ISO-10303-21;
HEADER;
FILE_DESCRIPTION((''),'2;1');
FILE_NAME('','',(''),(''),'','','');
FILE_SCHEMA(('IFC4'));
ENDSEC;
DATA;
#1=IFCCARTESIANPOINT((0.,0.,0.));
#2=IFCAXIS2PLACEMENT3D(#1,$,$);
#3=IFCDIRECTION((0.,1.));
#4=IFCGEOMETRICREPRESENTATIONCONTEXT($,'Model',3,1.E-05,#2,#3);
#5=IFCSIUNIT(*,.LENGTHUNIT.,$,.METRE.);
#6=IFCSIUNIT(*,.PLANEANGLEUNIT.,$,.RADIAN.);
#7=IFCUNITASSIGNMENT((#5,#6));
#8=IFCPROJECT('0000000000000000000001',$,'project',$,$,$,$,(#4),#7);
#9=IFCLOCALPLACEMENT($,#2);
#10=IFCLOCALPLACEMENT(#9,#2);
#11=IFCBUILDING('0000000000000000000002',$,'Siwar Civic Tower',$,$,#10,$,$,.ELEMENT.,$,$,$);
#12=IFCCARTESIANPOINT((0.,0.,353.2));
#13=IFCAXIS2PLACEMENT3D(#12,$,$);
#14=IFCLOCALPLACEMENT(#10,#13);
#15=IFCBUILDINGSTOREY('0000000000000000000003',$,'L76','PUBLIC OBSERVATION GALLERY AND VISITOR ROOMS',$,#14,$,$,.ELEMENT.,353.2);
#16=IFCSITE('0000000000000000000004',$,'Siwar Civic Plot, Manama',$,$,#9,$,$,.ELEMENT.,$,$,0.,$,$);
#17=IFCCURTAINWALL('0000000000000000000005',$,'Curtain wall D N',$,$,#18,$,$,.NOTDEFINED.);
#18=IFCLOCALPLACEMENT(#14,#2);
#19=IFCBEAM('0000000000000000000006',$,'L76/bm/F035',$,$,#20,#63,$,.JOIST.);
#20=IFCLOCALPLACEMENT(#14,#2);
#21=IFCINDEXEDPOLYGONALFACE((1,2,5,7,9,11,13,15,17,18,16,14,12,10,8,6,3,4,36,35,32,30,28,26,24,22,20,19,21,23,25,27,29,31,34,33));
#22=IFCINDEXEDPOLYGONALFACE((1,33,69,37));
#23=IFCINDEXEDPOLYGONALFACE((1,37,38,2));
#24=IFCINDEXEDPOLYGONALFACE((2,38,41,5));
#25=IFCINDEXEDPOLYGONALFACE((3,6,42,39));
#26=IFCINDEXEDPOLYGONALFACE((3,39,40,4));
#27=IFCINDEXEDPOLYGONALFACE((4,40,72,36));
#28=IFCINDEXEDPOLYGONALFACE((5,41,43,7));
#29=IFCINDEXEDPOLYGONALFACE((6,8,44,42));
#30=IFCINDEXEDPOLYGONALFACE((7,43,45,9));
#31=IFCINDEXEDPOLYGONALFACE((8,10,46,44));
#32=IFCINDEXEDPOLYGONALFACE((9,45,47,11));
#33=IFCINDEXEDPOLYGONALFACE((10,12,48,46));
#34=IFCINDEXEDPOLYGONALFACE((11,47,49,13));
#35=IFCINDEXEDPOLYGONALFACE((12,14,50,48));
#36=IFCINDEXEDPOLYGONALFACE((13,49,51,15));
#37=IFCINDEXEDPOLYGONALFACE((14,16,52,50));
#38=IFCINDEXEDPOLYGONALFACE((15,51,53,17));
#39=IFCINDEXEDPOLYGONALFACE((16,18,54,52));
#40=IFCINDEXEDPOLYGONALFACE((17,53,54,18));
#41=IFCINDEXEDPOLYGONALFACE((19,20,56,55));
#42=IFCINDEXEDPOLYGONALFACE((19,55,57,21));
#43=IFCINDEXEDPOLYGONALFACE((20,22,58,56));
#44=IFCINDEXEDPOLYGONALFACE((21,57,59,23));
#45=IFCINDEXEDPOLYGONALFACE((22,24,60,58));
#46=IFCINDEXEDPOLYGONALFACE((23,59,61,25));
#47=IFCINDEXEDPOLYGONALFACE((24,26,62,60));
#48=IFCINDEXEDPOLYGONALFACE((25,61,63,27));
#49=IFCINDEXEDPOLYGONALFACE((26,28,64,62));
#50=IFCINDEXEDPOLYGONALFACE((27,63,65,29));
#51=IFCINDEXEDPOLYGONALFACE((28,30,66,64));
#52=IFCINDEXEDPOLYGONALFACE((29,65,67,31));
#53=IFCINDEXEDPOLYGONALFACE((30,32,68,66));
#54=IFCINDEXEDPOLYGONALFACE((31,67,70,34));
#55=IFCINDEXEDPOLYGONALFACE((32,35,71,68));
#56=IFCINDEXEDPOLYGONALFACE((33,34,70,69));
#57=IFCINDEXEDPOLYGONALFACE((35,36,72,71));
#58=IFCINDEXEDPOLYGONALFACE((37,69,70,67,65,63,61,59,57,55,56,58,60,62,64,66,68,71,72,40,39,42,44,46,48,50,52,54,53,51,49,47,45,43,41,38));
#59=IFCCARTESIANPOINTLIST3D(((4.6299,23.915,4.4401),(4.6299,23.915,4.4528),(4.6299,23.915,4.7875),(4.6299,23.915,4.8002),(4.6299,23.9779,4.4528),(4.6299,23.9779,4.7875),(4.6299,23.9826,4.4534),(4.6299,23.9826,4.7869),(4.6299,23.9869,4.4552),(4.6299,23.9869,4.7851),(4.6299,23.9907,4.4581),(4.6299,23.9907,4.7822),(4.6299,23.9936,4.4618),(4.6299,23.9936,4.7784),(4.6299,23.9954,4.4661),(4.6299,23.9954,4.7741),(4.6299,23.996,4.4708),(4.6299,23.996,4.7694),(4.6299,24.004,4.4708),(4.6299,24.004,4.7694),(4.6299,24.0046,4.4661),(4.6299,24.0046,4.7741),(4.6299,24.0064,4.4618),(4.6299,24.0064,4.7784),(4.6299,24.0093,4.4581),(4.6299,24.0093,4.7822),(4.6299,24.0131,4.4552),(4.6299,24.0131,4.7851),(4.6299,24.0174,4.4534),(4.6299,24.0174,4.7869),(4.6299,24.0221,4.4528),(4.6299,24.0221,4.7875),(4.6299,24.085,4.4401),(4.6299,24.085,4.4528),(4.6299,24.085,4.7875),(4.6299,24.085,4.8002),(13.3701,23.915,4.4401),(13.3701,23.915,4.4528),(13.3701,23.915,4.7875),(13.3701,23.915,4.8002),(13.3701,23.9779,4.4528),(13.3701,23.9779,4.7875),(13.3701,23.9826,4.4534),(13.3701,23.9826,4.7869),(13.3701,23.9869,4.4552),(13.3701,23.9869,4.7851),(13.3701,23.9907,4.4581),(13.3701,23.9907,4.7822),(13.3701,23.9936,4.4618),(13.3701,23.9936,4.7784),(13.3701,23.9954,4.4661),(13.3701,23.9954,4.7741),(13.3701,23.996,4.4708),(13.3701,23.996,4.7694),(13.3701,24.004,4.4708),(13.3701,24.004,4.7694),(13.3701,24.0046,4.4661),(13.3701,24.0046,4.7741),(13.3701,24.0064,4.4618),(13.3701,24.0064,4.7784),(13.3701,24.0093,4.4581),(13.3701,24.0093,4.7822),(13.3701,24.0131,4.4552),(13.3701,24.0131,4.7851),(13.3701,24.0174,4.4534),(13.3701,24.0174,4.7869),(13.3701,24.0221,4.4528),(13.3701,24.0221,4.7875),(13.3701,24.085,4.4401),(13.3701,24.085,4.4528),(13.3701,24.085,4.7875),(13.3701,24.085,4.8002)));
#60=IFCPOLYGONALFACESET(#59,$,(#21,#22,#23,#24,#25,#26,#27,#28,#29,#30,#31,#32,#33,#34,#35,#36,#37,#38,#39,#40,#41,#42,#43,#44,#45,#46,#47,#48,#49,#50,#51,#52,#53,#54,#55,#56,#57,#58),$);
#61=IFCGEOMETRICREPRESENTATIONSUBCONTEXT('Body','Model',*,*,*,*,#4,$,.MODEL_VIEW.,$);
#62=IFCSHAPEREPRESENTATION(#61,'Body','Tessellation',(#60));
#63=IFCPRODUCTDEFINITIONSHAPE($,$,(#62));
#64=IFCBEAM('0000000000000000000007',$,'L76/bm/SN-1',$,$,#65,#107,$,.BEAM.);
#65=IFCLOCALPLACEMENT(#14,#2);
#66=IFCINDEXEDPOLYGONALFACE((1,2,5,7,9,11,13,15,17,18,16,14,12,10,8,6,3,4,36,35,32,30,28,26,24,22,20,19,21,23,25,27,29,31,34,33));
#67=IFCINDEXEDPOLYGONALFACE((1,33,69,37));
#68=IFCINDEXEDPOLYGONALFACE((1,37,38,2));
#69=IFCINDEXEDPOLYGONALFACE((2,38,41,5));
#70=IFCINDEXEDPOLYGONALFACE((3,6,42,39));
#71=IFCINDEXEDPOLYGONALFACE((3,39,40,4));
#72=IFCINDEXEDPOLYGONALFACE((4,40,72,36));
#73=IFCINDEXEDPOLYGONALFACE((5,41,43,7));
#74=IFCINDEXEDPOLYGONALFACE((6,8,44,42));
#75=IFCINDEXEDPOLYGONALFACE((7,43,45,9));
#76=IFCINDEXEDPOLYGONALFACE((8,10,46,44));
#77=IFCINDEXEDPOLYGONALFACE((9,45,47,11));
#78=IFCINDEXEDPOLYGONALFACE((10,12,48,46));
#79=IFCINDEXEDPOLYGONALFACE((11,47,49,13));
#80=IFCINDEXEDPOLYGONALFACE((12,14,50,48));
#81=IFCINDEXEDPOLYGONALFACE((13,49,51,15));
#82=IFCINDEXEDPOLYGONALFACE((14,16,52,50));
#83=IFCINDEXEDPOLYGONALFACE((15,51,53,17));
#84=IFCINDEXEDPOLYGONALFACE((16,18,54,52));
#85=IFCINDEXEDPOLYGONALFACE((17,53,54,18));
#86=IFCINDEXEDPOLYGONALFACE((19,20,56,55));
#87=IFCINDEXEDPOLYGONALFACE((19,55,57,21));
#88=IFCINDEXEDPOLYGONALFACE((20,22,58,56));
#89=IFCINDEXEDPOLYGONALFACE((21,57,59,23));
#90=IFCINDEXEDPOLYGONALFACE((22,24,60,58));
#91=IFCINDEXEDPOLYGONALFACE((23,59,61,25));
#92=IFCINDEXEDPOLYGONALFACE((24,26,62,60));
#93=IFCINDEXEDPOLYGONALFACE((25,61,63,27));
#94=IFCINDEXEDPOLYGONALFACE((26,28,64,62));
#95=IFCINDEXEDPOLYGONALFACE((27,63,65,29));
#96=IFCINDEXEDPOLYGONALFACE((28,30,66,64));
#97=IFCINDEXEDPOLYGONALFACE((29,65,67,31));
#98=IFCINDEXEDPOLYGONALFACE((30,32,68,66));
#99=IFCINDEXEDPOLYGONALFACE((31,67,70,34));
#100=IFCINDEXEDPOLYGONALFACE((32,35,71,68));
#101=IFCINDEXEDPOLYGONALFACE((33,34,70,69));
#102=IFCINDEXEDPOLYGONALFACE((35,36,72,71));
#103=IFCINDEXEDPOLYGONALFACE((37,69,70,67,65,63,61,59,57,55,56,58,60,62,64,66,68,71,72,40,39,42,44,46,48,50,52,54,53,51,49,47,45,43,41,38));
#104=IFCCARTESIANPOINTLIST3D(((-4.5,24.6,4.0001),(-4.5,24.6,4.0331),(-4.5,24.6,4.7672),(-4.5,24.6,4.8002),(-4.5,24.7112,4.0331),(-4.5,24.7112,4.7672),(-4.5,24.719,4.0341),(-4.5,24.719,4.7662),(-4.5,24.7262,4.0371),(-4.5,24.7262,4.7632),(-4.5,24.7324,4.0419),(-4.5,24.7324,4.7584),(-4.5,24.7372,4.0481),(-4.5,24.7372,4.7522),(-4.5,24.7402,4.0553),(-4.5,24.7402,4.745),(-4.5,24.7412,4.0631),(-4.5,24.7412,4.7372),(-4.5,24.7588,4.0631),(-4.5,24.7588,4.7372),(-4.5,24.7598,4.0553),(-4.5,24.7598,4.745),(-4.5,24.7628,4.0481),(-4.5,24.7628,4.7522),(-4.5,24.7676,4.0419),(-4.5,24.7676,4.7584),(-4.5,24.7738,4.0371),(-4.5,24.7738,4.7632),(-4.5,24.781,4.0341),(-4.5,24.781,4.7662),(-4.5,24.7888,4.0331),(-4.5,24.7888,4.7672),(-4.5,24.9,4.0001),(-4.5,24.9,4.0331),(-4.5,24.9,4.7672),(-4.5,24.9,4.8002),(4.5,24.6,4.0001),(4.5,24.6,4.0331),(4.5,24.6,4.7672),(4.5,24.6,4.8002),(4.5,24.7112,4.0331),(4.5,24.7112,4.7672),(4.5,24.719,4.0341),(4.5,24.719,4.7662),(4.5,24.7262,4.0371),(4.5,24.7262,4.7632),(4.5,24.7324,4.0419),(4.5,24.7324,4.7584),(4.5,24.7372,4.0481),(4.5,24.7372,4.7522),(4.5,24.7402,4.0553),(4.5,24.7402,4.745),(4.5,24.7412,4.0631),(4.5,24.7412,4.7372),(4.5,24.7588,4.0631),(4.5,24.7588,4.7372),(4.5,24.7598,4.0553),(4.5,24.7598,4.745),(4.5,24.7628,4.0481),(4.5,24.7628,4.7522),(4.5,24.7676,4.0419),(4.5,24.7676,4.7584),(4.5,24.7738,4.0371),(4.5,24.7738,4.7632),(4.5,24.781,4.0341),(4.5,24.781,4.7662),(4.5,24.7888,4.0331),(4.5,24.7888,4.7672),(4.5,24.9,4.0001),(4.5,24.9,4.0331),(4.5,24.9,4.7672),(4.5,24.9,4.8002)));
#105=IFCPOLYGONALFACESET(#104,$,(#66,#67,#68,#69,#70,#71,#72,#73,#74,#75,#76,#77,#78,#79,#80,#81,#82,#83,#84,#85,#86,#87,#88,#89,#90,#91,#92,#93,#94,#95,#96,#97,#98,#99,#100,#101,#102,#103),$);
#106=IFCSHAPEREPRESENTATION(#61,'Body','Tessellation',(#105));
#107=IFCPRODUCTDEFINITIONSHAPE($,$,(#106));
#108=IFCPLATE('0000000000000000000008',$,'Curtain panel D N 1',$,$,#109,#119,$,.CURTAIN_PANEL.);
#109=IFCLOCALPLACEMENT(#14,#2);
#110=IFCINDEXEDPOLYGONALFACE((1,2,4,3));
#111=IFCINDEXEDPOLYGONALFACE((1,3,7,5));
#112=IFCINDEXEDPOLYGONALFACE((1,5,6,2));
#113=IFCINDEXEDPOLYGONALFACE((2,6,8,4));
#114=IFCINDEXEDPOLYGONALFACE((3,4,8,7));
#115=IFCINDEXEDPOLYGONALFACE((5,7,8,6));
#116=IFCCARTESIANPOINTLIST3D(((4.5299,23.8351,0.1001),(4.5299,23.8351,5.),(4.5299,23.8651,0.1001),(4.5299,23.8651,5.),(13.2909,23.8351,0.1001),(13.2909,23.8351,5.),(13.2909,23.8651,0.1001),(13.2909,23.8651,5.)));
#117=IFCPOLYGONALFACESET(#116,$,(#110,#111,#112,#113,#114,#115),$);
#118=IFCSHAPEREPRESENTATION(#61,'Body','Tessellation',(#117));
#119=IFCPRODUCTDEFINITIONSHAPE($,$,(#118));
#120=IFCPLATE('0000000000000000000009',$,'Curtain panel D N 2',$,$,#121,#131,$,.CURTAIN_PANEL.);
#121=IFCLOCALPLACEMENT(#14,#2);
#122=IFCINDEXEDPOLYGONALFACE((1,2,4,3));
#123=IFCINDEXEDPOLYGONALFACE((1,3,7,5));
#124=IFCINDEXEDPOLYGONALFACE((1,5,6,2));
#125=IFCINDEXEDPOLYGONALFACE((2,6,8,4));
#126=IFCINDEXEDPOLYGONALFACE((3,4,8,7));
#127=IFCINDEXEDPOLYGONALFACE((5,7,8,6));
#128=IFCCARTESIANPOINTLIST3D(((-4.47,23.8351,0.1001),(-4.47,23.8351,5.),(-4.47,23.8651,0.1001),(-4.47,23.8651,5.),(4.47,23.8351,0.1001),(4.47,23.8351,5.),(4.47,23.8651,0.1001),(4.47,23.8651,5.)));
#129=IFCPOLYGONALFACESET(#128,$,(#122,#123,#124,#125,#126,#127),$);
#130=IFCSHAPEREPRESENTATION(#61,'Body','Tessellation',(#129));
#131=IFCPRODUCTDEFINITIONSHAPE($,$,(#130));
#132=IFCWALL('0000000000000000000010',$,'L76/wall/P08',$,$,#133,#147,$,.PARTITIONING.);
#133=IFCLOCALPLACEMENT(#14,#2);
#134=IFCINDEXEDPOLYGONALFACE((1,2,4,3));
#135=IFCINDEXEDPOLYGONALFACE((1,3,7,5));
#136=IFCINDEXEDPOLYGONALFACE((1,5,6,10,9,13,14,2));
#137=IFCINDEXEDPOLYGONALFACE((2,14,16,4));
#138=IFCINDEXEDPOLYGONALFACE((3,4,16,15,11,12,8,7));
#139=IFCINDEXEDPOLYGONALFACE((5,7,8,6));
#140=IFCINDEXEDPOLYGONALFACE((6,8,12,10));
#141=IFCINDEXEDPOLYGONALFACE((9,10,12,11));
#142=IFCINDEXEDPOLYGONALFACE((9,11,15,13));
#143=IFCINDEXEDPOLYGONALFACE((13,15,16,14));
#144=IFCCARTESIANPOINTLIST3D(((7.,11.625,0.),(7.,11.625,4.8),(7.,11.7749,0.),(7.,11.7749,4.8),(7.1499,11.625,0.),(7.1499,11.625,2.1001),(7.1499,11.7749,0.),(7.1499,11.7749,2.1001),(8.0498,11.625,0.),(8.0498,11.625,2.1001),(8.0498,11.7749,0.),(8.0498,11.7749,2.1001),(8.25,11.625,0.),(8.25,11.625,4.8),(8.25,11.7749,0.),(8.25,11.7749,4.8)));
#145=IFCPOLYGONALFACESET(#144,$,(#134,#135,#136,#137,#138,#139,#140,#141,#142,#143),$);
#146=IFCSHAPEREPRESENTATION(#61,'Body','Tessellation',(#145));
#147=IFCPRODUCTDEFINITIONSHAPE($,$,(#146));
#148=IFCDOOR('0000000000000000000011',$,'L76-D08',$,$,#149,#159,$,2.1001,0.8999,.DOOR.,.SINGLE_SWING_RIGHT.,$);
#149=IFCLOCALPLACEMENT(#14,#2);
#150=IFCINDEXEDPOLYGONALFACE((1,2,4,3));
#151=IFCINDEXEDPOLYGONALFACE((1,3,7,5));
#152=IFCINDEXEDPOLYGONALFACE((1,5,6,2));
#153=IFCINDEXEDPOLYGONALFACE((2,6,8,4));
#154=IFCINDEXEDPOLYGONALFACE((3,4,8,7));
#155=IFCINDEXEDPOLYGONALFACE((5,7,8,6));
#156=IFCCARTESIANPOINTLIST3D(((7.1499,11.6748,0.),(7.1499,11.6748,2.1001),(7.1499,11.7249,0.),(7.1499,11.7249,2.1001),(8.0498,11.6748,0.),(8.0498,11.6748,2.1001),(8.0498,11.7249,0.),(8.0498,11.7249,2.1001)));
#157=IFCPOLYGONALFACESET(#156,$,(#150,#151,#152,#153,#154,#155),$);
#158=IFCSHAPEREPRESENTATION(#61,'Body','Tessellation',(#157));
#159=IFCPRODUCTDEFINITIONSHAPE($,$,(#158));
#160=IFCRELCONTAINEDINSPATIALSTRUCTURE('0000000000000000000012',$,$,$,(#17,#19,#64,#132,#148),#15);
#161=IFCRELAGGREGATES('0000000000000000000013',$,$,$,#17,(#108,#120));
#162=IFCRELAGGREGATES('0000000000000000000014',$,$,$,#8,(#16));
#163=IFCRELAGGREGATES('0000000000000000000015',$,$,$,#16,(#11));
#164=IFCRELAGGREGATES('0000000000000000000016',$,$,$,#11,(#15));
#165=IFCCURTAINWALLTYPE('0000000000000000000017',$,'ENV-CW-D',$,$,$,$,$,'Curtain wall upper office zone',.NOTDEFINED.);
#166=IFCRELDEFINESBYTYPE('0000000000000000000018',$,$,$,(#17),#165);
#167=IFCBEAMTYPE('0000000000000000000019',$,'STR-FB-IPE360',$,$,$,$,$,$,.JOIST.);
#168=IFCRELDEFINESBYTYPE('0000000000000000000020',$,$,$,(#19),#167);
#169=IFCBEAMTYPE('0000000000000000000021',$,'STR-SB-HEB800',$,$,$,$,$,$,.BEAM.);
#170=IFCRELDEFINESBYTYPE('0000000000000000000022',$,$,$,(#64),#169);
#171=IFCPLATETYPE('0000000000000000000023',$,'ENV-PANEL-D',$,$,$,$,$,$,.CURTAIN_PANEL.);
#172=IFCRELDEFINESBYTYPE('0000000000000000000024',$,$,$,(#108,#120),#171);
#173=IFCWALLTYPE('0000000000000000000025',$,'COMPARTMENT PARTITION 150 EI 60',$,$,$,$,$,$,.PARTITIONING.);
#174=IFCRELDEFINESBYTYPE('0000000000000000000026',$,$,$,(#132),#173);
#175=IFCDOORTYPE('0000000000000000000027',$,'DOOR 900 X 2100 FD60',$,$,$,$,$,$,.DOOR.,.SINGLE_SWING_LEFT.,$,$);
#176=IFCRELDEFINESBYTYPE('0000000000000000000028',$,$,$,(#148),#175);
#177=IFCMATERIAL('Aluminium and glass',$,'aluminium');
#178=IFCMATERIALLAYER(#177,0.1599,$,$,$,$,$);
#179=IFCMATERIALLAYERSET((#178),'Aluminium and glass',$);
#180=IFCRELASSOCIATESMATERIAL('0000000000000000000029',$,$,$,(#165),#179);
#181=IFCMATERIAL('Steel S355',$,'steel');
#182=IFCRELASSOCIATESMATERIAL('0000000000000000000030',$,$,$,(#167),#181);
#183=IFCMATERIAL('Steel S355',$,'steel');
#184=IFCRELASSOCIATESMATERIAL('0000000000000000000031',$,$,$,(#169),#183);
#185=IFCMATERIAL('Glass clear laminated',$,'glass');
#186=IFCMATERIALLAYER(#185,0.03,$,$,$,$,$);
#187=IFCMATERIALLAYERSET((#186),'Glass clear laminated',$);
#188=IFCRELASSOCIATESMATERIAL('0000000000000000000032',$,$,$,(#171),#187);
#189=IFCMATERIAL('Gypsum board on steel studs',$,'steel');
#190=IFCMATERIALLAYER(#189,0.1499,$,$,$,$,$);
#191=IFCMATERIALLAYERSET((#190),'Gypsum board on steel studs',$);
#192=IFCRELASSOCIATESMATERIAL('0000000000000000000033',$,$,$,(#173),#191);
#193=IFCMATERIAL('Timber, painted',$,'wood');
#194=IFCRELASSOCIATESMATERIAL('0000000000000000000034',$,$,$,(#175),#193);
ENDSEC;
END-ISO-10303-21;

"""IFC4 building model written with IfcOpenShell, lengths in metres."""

from ifc_helpers import new_model, si_unit, direction, frame, frame_2d, origin, origin_2d, place, context, subcontext, project, spatial, rectangle, i_section, extrude, material, layer, layer_set, material_profile, profile_set, type_object, element, fill, aggregate, save


model = new_model("IFC4")

# Units and contexts
model_context = context("Model", 3, precision=1e-05, world=origin(), true_north=direction((0.0, 1.0)))
body_context = subcontext(model_context, "Body", "Model", "MODEL_VIEW")
ifc_project = project(units=[si_unit("LENGTHUNIT", "METRE"), si_unit("PLANEANGLEUNIT", "RADIAN")], contexts=[model_context])

# Site, building, storey
site_placement = place(None, origin())
site = spatial("IfcSite", under=ifc_project, at=site_placement, Name="Siwar Civic Plot, Manama", CompositionType="ELEMENT", RefElevation=0.0)
building_placement = place(site_placement, origin())
building = spatial("IfcBuilding", under=site, at=building_placement, Name="Siwar Civic Tower", CompositionType="ELEMENT")
storey_placement = place(building_placement, frame((0.0, 0.0, 353.2)))
storey = spatial("IfcBuildingStorey", under=building, at=storey_placement, Name="L76", Description="PUBLIC OBSERVATION GALLERY AND VISITOR ROOMS", CompositionType="ELEMENT", Elevation=353.2)

# Curtain wall
ifc_material_1 = material(Name="Aluminium and glass", Category="aluminium")
ifc_layer_1 = layer(ifc_material_1, 0.1599)
ifc_layer_set_1 = layer_set([ifc_layer_1], Name="Aluminium and glass")
curtain_wall_type_1 = type_object("IfcCurtainWallType", Name="ENV-CW-D", ElementType="Curtain wall upper office zone", PredefinedType="NOTDEFINED", material=ifc_layer_set_1)
curtain_wall_1_placement = place(storey_placement, origin())
curtain_wall_1 = element("IfcCurtainWall", 1, at=curtain_wall_1_placement, inside=storey, type_object=curtain_wall_type_1, Name="Curtain wall D N", PredefinedType="NOTDEFINED")

# Beams
ifc_material_2 = material(Name="Steel S355", Category="steel")
ifc_material_profile_1 = material_profile(ifc_material_2, i_section(OverallWidth=0.1699, OverallDepth=0.3601, WebThickness=0.0081, FlangeThickness=0.0127, FilletRadius=0.0181, at=origin_2d()), Name="IPE360")
ifc_profile_set_1 = profile_set([ifc_material_profile_1], Name="Steel S355")
beam_type_1 = type_object("IfcBeamType", Name="STR-FB-IPE360", PredefinedType="JOIST", material=ifc_profile_set_1)
for number, where, z_axis, x_axis, name in (
    (2, (4.6299, 24.0, 4.6201), (1.0, 0.0, 0.0), (0.0, 1.0, 0.0), "L76/bm/F035"),
):
    element("IfcBeam", number, at=place(storey_placement, frame(where, z_axis=z_axis, x_axis=x_axis)), inside=storey, type_object=beam_type_1, Name=name, PredefinedType="JOIST", context=body_context, shape_type="SweptSolid", body=[
        extrude(i_section(OverallWidth=0.1699, OverallDepth=0.3601, WebThickness=0.0081, FlangeThickness=0.0127, FilletRadius=0.0181, at=origin_2d()), origin(), (0.0, 0.0, 1.0), 8.7402),
    ])
ifc_material_3 = material(Name="Steel S355", Category="steel")
ifc_material_profile_2 = material_profile(ifc_material_3, i_section(OverallWidth=0.3, OverallDepth=0.8, WebThickness=0.0176, FlangeThickness=0.033, FilletRadius=0.03, at=origin_2d()), Name="HEB800")
ifc_profile_set_2 = profile_set([ifc_material_profile_2], Name="Steel S355")
beam_type_2 = type_object("IfcBeamType", Name="STR-SB-HEB800", PredefinedType="BEAM", material=ifc_profile_set_2)
beam_1_placement = place(storey_placement, frame((4.5, 24.75, 4.4001), z_axis=(-1.0, 0.0, 0.0), x_axis=(0.0, -1.0, 0.0)))
element("IfcBeam", 3, at=beam_1_placement, inside=storey, type_object=beam_type_2, Name="L76/bm/SN-1", PredefinedType="BEAM", context=body_context, shape_type="SweptSolid", body=[
    extrude(i_section(OverallWidth=0.3, OverallDepth=0.8, WebThickness=0.0176, FlangeThickness=0.033, FilletRadius=0.03, at=origin_2d()), origin(), (0.0, 0.0, 1.0), 9.0),
])

# Plates
ifc_material_4 = material(Name="Glass clear laminated", Category="glass")
ifc_layer_2 = layer(ifc_material_4, 0.03)
ifc_layer_set_2 = layer_set([ifc_layer_2], Name="Glass clear laminated")
plate_type = type_object("IfcPlateType", Name="ENV-PANEL-D", PredefinedType="CURTAIN_PANEL", material=ifc_layer_set_2)
plate_1_placement = place(storey_placement, frame((8.9104, 23.8501, 0.1001), z_axis=(0.0, 0.0, 1.0), x_axis=(-1.0, 0.0, 0.0)))
plate_1 = element("IfcPlate", 4, at=plate_1_placement, type_object=plate_type, Name="Curtain panel D N 1", PredefinedType="CURTAIN_PANEL", context=body_context, shape_type="SweptSolid", body=[
    extrude(rectangle(XDim=8.761, YDim=0.03, at=origin_2d()), origin(), (0.0, 0.0, 1.0), 4.8999),
])
plate_2_placement = place(storey_placement, frame((0.0, 23.8501, 0.1001), z_axis=(0.0, 0.0, 1.0), x_axis=(-1.0, 0.0, 0.0)))
plate_2 = element("IfcPlate", 5, at=plate_2_placement, type_object=plate_type, Name="Curtain panel D N 2", PredefinedType="CURTAIN_PANEL", context=body_context, shape_type="SweptSolid", body=[
    extrude(rectangle(XDim=8.9399, YDim=0.03, at=origin_2d()), origin(), (0.0, 0.0, 1.0), 4.8999),
])
aggregate(curtain_wall_1, [plate_1, plate_2])

# Wall, opening, door
ifc_material_5 = material(Name="Gypsum board on steel studs", Category="steel")
ifc_layer_3 = layer(ifc_material_5, 0.1499)
ifc_layer_set_3 = layer_set([ifc_layer_3], Name="Gypsum board on steel studs")
wall_type_1 = type_object("IfcWallType", Name="COMPARTMENT PARTITION 150 EI 60", PredefinedType="PARTITIONING", material=ifc_layer_set_3)
wall_1_placement = place(storey_placement, frame((7.0, 11.7, 0.0), z_axis=(0.0, 0.0, 1.0), x_axis=(1.0, 0.0, 0.0)))
wall_1 = element("IfcWall", 6, at=wall_1_placement, inside=storey, type_object=wall_type_1, Name="L76/wall/P08", PredefinedType="PARTITIONING", context=body_context, shape_type="SweptSolid", body=[
    extrude(rectangle(XDim=1.25, YDim=0.1499, at=frame_2d((0.625, 0.0))), origin(), (0.0, 0.0, 1.0), 4.8),
])
opening_1_placement = place(wall_1_placement, frame((0.1499, 0.0, 0.0)))
opening_1 = element("IfcOpeningElement", 7, at=opening_1_placement, cuts=wall_1, PredefinedType="OPENING", context=body_context, shape_type="SweptSolid", body=[
    extrude(rectangle(XDim=0.8999, YDim=2.1001, at=frame_2d((0.45, 1.05))), frame((0.0, 0.085, 0.0), z_axis=(0.0, -1.0, 0.0), x_axis=(1.0, 0.0, 0.0)), (0.0, 0.0, 1.0), 0.1699),
])
ifc_material_6 = material(Name="Timber, painted", Category="wood")
door_type_1 = type_object("IfcDoorType", Name="DOOR 900 X 2100 FD60", OperationType="SINGLE_SWING_LEFT", PredefinedType="DOOR", material=ifc_material_6)
door_1_placement = place(opening_1_placement, origin())
door_1 = element("IfcDoor", 8, at=door_1_placement, inside=storey, type_object=door_type_1, Name="L76-D08", OperationType="SINGLE_SWING_RIGHT", OverallHeight=2.1001, OverallWidth=0.8999, PredefinedType="DOOR", context=body_context, shape_type="SweptSolid", body=[
    extrude(rectangle(XDim=0.8999, YDim=2.1001, at=frame_2d((0.45, 1.05))), frame((0.0, 0.0249, 0.0), z_axis=(0.0, -1.0, 0.0), x_axis=(1.0, 0.0, 0.0)), (0.0, 0.0, 1.0), 0.05),
])
fill(opening_1, door_1)

save(model, "model.ifc")
